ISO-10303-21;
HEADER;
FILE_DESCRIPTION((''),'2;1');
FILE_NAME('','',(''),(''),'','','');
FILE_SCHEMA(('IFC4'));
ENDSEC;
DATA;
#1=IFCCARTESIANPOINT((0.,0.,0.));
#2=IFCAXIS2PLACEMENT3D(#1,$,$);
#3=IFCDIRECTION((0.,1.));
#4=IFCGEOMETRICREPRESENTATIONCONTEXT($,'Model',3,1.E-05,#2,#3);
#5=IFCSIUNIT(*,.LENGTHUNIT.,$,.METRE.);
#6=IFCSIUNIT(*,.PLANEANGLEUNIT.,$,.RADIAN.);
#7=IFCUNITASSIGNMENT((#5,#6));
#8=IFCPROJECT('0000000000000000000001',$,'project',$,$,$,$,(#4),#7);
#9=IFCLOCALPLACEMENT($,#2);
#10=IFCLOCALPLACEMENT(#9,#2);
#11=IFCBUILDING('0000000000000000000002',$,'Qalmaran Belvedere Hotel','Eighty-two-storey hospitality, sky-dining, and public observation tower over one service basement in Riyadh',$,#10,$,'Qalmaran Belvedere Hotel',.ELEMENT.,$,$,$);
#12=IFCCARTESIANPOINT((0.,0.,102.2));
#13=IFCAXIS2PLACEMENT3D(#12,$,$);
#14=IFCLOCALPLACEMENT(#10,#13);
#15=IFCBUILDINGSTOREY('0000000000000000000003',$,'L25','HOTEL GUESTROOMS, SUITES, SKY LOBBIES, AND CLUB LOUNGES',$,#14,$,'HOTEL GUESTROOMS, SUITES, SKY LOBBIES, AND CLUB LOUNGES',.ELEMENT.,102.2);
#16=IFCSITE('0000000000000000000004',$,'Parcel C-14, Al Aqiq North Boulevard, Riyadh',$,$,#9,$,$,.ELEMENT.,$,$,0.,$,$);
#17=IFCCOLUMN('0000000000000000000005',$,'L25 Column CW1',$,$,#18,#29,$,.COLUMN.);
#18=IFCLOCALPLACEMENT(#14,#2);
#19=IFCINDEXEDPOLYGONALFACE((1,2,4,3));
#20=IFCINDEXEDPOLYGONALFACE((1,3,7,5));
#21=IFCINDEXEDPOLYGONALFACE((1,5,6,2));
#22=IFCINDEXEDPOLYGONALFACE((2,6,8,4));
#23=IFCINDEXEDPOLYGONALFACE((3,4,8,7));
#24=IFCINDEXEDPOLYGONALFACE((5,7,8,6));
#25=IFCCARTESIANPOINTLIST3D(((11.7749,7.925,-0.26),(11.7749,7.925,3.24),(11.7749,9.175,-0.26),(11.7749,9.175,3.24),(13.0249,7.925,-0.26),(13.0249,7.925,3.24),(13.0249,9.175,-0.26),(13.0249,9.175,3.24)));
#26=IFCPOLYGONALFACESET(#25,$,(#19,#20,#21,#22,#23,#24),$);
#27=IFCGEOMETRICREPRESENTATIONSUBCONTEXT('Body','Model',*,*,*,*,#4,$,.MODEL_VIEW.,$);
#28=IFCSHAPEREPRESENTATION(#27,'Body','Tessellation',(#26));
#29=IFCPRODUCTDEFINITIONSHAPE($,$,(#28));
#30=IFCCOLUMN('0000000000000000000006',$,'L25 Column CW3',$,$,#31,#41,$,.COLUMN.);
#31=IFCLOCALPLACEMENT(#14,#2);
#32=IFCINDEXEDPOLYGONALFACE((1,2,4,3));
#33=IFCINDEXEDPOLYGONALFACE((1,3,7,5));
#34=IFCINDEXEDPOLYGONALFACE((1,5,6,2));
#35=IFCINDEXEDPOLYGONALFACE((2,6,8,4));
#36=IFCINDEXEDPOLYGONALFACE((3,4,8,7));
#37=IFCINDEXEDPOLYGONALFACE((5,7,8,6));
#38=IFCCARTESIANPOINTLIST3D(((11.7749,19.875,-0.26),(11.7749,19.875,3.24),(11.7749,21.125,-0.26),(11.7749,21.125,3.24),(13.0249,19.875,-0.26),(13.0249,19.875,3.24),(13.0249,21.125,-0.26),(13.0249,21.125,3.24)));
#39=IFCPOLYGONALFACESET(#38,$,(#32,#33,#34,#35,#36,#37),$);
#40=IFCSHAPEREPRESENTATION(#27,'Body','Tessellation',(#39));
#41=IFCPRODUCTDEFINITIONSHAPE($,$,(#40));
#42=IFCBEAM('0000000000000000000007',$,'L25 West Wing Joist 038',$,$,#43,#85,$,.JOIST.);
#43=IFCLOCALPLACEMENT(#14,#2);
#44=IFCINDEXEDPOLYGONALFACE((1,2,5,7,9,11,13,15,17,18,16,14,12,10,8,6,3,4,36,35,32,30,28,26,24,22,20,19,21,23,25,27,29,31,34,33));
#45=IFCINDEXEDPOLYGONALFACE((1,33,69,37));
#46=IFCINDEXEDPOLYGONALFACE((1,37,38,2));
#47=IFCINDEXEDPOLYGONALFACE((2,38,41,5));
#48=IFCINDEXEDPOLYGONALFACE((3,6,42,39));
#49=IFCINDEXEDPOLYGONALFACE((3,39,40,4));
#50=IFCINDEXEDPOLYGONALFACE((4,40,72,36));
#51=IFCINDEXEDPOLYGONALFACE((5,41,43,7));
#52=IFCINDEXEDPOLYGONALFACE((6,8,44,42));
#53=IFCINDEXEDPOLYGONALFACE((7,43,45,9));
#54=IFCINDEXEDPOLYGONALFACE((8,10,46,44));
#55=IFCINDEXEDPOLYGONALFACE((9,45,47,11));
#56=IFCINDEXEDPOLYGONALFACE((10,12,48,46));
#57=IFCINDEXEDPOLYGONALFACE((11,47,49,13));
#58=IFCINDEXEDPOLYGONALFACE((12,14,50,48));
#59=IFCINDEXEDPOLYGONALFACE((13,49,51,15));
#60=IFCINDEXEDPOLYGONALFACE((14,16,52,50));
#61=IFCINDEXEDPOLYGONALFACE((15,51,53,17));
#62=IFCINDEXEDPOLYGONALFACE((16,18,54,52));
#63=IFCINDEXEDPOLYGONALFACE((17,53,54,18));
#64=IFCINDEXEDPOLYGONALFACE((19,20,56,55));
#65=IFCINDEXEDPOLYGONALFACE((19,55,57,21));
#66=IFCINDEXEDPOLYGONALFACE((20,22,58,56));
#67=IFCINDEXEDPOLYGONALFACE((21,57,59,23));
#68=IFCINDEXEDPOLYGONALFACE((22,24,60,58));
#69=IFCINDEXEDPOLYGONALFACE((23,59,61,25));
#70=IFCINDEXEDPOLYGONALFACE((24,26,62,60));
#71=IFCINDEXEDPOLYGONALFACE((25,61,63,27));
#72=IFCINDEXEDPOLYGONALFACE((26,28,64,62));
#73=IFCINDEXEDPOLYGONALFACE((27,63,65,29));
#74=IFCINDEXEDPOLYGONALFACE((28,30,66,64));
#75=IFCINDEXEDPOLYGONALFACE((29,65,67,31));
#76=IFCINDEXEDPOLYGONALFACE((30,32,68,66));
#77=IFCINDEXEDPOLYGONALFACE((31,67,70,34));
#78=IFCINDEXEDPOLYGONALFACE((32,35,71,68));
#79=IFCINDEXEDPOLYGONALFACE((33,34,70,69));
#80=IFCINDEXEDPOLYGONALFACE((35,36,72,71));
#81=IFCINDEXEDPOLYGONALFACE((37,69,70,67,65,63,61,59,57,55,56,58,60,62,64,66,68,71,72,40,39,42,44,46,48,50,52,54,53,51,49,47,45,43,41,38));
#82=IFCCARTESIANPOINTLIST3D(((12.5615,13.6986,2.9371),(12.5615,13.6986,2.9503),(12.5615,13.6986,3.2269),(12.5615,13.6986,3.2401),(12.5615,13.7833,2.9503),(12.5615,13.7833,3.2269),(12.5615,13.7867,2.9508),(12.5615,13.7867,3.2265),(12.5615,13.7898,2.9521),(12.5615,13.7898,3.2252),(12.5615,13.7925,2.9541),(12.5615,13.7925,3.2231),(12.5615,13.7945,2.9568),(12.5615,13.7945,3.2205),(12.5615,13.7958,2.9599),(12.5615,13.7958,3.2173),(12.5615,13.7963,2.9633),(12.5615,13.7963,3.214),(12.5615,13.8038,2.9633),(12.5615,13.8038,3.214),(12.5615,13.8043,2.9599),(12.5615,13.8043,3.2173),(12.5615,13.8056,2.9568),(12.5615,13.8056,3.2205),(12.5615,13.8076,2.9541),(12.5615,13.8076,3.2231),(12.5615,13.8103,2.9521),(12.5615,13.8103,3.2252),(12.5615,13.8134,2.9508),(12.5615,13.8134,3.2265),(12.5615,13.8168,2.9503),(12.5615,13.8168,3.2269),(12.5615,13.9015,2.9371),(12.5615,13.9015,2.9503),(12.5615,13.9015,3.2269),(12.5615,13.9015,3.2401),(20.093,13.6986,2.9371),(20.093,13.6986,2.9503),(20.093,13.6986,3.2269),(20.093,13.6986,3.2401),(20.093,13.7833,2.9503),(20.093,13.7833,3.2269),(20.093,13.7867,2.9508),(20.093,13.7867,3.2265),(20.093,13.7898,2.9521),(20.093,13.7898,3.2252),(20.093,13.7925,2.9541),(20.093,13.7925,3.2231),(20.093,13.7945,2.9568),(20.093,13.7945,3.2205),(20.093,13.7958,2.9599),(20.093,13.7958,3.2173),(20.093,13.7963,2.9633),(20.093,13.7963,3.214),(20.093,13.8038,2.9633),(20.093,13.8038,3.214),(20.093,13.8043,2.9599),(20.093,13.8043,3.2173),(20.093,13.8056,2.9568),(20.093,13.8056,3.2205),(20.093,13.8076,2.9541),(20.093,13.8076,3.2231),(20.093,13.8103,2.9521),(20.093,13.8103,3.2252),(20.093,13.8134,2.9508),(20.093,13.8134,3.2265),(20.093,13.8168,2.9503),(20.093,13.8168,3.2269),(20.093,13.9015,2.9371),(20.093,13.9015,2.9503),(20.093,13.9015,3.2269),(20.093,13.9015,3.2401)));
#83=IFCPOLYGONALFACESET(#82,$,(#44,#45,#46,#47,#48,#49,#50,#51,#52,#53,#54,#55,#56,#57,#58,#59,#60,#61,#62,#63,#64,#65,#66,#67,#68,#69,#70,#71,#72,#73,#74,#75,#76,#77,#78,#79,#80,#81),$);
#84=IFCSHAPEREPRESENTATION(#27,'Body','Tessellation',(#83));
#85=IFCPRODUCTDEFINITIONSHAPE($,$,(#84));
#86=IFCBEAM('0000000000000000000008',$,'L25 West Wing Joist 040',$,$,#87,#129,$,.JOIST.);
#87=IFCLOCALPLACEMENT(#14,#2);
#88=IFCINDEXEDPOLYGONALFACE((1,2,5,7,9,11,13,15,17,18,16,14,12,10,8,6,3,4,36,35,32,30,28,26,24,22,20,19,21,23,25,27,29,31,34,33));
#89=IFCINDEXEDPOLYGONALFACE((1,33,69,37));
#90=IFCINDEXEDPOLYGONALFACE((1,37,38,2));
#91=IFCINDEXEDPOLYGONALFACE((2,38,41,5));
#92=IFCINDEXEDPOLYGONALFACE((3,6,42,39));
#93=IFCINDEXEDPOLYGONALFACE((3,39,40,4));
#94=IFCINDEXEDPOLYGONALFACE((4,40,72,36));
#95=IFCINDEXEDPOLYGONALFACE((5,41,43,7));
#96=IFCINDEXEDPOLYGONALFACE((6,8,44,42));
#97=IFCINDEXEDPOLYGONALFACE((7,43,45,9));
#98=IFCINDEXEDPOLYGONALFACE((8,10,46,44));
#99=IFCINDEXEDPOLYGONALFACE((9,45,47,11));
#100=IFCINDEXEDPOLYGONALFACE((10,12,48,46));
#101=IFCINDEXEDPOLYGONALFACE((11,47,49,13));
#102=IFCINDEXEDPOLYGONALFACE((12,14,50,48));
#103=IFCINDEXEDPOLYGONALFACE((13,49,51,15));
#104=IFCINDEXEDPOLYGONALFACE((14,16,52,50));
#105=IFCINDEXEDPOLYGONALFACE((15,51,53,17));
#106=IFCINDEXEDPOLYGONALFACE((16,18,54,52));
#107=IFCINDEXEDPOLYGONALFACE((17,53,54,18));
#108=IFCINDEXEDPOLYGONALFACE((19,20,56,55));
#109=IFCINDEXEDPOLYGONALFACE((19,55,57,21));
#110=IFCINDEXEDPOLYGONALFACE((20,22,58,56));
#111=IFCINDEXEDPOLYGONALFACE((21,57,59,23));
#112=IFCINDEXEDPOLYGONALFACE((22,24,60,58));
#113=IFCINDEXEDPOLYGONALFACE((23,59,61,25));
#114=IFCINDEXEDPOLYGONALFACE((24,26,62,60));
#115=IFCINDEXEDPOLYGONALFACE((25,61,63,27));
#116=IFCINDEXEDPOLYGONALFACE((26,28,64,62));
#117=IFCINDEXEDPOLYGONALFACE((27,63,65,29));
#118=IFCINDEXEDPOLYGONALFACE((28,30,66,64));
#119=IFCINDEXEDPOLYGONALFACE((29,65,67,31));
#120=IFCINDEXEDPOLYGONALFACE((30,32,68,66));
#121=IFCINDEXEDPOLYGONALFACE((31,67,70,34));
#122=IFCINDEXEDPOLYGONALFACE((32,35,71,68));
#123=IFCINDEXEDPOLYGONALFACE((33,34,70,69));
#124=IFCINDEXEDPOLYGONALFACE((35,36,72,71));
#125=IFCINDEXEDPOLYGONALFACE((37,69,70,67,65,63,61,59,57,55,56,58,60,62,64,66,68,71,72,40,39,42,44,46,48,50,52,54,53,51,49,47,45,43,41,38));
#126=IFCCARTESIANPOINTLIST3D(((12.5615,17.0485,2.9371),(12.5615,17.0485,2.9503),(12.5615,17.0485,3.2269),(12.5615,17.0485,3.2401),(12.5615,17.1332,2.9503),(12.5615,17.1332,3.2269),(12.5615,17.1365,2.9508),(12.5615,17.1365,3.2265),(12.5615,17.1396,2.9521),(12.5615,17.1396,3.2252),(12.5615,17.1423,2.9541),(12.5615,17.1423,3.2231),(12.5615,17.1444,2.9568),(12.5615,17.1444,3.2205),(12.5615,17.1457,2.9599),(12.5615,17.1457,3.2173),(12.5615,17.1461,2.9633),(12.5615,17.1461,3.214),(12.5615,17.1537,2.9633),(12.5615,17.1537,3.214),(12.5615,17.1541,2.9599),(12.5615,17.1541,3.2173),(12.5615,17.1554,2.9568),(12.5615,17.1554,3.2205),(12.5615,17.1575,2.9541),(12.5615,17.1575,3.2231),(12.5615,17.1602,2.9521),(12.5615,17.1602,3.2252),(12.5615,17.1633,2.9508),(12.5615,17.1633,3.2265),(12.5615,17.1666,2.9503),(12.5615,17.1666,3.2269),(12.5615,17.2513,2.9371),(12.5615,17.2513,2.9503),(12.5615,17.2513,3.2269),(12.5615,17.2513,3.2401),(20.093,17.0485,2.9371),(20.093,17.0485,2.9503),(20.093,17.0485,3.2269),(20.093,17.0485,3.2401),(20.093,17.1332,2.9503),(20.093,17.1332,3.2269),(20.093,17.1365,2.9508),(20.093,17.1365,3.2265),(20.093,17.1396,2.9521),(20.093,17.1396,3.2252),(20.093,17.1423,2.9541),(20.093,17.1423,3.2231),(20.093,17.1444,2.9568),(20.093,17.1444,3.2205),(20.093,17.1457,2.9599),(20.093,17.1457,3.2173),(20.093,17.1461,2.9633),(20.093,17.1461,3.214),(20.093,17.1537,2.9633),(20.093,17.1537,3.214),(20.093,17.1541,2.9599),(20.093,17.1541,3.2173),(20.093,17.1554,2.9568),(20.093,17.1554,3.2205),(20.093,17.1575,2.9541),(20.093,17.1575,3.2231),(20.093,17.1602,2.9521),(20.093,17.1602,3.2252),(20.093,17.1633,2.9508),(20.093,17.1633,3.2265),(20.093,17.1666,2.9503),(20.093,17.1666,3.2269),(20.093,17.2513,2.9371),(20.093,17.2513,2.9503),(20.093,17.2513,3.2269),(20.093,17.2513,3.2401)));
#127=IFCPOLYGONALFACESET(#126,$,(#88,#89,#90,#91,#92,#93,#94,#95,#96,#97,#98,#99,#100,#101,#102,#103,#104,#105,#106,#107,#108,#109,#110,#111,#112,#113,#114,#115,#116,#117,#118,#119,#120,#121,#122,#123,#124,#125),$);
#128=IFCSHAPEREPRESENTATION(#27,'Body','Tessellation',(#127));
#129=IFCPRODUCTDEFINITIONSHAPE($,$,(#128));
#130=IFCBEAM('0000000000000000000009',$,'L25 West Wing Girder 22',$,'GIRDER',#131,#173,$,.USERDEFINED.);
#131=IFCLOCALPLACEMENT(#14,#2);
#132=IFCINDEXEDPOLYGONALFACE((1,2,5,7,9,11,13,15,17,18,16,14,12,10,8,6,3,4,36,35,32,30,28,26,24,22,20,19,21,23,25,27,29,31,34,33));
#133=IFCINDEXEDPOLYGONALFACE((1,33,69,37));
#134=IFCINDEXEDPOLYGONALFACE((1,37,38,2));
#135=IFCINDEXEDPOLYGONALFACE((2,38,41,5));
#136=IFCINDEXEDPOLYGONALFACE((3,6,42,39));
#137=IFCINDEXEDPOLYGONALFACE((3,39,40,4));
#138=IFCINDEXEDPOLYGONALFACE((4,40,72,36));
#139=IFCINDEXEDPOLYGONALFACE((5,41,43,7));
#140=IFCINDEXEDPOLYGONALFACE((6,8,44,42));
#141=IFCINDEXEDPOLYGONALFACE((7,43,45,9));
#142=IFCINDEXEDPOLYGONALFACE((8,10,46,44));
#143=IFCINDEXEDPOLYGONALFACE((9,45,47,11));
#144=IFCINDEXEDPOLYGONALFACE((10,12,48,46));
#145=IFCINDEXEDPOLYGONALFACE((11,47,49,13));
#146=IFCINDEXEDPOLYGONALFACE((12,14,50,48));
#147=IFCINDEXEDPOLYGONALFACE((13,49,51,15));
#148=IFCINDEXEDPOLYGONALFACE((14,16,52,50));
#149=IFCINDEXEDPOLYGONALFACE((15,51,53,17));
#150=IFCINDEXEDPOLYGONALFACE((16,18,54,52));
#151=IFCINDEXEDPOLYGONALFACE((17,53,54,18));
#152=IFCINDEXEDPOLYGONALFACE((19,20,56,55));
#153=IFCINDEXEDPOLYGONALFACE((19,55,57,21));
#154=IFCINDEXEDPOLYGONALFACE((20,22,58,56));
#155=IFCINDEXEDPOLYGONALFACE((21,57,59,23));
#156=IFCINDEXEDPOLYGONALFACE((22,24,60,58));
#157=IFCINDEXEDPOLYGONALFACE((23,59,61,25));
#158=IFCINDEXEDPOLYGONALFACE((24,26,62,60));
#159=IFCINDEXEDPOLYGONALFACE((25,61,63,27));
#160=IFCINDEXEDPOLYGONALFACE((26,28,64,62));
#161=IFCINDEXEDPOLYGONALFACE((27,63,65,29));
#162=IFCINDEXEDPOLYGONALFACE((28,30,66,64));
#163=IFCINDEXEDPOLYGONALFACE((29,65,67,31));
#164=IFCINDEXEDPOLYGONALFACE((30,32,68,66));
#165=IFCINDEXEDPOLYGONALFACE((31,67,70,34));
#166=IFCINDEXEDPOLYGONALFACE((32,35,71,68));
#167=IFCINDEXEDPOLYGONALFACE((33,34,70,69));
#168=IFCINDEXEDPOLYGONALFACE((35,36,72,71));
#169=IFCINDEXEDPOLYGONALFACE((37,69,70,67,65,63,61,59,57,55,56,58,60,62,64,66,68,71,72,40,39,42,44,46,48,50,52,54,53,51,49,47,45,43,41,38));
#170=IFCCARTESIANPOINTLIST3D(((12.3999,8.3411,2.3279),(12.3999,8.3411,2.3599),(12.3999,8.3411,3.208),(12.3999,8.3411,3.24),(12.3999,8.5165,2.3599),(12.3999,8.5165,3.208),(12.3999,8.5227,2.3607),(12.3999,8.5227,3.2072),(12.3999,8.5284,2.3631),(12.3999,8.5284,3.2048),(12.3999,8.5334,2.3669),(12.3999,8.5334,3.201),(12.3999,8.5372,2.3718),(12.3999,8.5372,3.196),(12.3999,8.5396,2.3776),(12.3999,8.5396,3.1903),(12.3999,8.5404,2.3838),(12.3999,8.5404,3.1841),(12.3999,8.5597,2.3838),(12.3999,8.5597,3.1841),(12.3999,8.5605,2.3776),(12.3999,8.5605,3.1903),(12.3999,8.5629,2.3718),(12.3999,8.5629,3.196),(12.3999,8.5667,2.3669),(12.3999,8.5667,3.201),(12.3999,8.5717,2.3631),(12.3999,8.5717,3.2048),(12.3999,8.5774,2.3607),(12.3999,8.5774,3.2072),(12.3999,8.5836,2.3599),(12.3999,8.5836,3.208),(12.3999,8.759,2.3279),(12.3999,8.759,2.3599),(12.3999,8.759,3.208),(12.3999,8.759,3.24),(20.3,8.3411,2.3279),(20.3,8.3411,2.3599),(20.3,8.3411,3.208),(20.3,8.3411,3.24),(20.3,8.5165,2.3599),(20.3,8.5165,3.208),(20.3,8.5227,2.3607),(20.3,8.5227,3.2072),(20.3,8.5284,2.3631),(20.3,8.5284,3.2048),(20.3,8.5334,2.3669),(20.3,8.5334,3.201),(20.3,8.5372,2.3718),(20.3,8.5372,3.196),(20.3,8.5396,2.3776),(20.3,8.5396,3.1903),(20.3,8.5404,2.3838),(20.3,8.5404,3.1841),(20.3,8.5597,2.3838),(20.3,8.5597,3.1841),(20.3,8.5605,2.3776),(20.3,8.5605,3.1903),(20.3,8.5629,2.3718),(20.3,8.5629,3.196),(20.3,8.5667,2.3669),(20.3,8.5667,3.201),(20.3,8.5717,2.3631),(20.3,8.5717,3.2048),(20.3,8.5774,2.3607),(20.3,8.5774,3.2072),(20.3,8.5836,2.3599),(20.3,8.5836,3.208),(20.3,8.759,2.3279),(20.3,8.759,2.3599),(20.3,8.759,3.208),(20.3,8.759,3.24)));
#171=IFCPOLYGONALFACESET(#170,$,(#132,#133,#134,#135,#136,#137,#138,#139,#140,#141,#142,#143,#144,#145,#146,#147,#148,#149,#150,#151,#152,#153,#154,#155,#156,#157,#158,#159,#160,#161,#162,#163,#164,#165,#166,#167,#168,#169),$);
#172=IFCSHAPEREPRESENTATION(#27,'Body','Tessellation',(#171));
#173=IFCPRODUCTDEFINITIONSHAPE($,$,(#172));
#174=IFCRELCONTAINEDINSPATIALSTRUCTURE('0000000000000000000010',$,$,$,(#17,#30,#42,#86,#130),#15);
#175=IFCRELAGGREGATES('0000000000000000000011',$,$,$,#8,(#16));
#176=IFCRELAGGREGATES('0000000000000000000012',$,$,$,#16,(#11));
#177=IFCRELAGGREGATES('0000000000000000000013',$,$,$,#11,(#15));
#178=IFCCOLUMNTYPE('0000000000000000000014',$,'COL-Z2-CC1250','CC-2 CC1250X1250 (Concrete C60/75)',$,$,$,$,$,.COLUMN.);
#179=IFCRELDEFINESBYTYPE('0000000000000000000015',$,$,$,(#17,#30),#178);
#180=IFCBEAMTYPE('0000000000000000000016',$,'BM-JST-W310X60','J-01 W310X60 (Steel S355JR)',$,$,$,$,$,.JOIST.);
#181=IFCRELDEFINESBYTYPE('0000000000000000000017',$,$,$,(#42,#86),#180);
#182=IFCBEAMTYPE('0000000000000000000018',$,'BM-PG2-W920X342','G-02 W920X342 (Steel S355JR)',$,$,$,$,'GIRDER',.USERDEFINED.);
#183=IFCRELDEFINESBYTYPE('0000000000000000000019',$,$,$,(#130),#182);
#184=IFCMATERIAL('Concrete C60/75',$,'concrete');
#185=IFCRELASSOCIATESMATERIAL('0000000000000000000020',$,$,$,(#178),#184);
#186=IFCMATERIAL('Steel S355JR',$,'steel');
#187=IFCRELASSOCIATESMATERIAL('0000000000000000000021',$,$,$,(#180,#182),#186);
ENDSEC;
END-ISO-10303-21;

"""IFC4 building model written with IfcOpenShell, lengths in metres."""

from ifc_helpers import new_model, si_unit, direction, frame, origin, origin_2d, place, context, subcontext, project, spatial, rectangle, i_section, extrude, material, material_profile, profile_set, type_object, element, save


model = new_model("IFC4")

# Units and contexts
model_context = context("Model", 3, precision=1e-05, world=origin(), true_north=direction((0.0, 1.0)))
body_context = subcontext(model_context, "Body", "Model", "MODEL_VIEW")
ifc_project = project(units=[si_unit("LENGTHUNIT", "METRE"), si_unit("PLANEANGLEUNIT", "RADIAN")], contexts=[model_context])

# Site, building, storey
site_placement = place(None, origin())
site = spatial("IfcSite", under=ifc_project, at=site_placement, Name="Parcel C-14, Al Aqiq North Boulevard, Riyadh", CompositionType="ELEMENT", RefElevation=0.0)
building_placement = place(site_placement, origin())
building = spatial("IfcBuilding", under=site, at=building_placement, Name="Qalmaran Belvedere Hotel", Description="Eighty-two-storey hospitality, sky-dining, and public observation tower over one service basement in Riyadh", LongName="Qalmaran Belvedere Hotel", CompositionType="ELEMENT")
storey_placement = place(building_placement, frame((0.0, 0.0, 102.2)))
storey = spatial("IfcBuildingStorey", under=building, at=storey_placement, Name="L25", Description="HOTEL GUESTROOMS, SUITES, SKY LOBBIES, AND CLUB LOUNGES", LongName="HOTEL GUESTROOMS, SUITES, SKY LOBBIES, AND CLUB LOUNGES", CompositionType="ELEMENT", Elevation=102.2)

# Columns
ifc_material_1 = material(Name="Concrete C60/75", Category="concrete")
ifc_material_profile_1 = material_profile(ifc_material_1, rectangle(XDim=1.25, YDim=1.25, at=origin_2d()), Name="CC1250X1250")
ifc_profile_set_1 = profile_set([ifc_material_profile_1], Name="Concrete C60/75")
column_type = type_object("IfcColumnType", Name="COL-Z2-CC1250", Description="CC-2 CC1250X1250 (Concrete C60/75)", PredefinedType="COLUMN", material=ifc_profile_set_1)
for number, where, z_axis, x_axis, name in (
    (1, (12.3999, 8.55, -0.26), (0.0, 0.0, 1.0), (1.0, 0.0, 0.0), "L25 Column CW1"),
    (2, (12.3999, 20.5, -0.26), (0.0, 0.0, 1.0), (1.0, 0.0, 0.0), "L25 Column CW3"),
):
    element("IfcColumn", number, at=place(storey_placement, frame(where, z_axis=z_axis, x_axis=x_axis)), inside=storey, type_object=column_type, Name=name, PredefinedType="COLUMN", context=body_context, shape_type="SweptSolid", body=[
        extrude(rectangle(XDim=1.25, YDim=1.25, at=origin_2d()), origin(), (0.0, 0.0, 1.0), 3.5),
    ])

# Beams
ifc_material_2 = material(Name="Steel S355JR", Category="steel")
ifc_material_profile_2 = material_profile(ifc_material_2, i_section(OverallWidth=0.2029, OverallDepth=0.303, WebThickness=0.0076, FlangeThickness=0.0132, FilletRadius=0.0129, at=origin_2d()), Name="W310X60")
ifc_profile_set_2 = profile_set([ifc_material_profile_2], Name="Steel S355JR")
beam_type_1 = type_object("IfcBeamType", Name="BM-JST-W310X60", Description="J-01 W310X60 (Steel S355JR)", PredefinedType="JOIST", material=ifc_profile_set_2)
for number, where, z_axis, x_axis, name in (
    (3, (12.5615, 13.8, 3.0886), (1.0, 0.0, 0.0), (0.0, 1.0, 0.0), "L25 West Wing Joist 038"),
    (4, (12.5615, 17.1499, 3.0886), (1.0, 0.0, 0.0), (0.0, 1.0, 0.0), "L25 West Wing Joist 040"),
):
    element("IfcBeam", number, at=place(storey_placement, frame(where, z_axis=z_axis, x_axis=x_axis)), inside=storey, type_object=beam_type_1, Name=name, PredefinedType="JOIST", context=body_context, shape_type="SweptSolid", body=[
        extrude(i_section(OverallWidth=0.2029, OverallDepth=0.303, WebThickness=0.0076, FlangeThickness=0.0132, FilletRadius=0.0129, at=origin_2d()), origin(), (0.0, 0.0, 1.0), 7.5315),
    ])
ifc_material_profile_3 = material_profile(ifc_material_2, i_section(OverallWidth=0.418, OverallDepth=0.9121, WebThickness=0.0193, FlangeThickness=0.032, FilletRadius=0.0239, at=origin_2d()), Name="W920X342")
ifc_profile_set_3 = profile_set([ifc_material_profile_3], Name="Steel S355JR")
beam_type_2 = type_object("IfcBeamType", Name="BM-PG2-W920X342", Description="G-02 W920X342 (Steel S355JR)", ElementType="GIRDER", PredefinedType="USERDEFINED", material=ifc_profile_set_3)
for number, where, z_axis, x_axis, name in (
    (5, (12.3999, 8.55, 2.7839), (1.0, 0.0, 0.0), (0.0, 1.0, 0.0), "L25 West Wing Girder 22"),
):
    element("IfcBeam", number, at=place(storey_placement, frame(where, z_axis=z_axis, x_axis=x_axis)), inside=storey, type_object=beam_type_2, Name=name, ObjectType="GIRDER", PredefinedType="USERDEFINED", context=body_context, shape_type="SweptSolid", body=[
        extrude(i_section(OverallWidth=0.418, OverallDepth=0.9121, WebThickness=0.0193, FlangeThickness=0.032, FilletRadius=0.0239, at=origin_2d()), origin(), (0.0, 0.0, 1.0), 7.9001),
    ])

save(model, "model.ifc")
